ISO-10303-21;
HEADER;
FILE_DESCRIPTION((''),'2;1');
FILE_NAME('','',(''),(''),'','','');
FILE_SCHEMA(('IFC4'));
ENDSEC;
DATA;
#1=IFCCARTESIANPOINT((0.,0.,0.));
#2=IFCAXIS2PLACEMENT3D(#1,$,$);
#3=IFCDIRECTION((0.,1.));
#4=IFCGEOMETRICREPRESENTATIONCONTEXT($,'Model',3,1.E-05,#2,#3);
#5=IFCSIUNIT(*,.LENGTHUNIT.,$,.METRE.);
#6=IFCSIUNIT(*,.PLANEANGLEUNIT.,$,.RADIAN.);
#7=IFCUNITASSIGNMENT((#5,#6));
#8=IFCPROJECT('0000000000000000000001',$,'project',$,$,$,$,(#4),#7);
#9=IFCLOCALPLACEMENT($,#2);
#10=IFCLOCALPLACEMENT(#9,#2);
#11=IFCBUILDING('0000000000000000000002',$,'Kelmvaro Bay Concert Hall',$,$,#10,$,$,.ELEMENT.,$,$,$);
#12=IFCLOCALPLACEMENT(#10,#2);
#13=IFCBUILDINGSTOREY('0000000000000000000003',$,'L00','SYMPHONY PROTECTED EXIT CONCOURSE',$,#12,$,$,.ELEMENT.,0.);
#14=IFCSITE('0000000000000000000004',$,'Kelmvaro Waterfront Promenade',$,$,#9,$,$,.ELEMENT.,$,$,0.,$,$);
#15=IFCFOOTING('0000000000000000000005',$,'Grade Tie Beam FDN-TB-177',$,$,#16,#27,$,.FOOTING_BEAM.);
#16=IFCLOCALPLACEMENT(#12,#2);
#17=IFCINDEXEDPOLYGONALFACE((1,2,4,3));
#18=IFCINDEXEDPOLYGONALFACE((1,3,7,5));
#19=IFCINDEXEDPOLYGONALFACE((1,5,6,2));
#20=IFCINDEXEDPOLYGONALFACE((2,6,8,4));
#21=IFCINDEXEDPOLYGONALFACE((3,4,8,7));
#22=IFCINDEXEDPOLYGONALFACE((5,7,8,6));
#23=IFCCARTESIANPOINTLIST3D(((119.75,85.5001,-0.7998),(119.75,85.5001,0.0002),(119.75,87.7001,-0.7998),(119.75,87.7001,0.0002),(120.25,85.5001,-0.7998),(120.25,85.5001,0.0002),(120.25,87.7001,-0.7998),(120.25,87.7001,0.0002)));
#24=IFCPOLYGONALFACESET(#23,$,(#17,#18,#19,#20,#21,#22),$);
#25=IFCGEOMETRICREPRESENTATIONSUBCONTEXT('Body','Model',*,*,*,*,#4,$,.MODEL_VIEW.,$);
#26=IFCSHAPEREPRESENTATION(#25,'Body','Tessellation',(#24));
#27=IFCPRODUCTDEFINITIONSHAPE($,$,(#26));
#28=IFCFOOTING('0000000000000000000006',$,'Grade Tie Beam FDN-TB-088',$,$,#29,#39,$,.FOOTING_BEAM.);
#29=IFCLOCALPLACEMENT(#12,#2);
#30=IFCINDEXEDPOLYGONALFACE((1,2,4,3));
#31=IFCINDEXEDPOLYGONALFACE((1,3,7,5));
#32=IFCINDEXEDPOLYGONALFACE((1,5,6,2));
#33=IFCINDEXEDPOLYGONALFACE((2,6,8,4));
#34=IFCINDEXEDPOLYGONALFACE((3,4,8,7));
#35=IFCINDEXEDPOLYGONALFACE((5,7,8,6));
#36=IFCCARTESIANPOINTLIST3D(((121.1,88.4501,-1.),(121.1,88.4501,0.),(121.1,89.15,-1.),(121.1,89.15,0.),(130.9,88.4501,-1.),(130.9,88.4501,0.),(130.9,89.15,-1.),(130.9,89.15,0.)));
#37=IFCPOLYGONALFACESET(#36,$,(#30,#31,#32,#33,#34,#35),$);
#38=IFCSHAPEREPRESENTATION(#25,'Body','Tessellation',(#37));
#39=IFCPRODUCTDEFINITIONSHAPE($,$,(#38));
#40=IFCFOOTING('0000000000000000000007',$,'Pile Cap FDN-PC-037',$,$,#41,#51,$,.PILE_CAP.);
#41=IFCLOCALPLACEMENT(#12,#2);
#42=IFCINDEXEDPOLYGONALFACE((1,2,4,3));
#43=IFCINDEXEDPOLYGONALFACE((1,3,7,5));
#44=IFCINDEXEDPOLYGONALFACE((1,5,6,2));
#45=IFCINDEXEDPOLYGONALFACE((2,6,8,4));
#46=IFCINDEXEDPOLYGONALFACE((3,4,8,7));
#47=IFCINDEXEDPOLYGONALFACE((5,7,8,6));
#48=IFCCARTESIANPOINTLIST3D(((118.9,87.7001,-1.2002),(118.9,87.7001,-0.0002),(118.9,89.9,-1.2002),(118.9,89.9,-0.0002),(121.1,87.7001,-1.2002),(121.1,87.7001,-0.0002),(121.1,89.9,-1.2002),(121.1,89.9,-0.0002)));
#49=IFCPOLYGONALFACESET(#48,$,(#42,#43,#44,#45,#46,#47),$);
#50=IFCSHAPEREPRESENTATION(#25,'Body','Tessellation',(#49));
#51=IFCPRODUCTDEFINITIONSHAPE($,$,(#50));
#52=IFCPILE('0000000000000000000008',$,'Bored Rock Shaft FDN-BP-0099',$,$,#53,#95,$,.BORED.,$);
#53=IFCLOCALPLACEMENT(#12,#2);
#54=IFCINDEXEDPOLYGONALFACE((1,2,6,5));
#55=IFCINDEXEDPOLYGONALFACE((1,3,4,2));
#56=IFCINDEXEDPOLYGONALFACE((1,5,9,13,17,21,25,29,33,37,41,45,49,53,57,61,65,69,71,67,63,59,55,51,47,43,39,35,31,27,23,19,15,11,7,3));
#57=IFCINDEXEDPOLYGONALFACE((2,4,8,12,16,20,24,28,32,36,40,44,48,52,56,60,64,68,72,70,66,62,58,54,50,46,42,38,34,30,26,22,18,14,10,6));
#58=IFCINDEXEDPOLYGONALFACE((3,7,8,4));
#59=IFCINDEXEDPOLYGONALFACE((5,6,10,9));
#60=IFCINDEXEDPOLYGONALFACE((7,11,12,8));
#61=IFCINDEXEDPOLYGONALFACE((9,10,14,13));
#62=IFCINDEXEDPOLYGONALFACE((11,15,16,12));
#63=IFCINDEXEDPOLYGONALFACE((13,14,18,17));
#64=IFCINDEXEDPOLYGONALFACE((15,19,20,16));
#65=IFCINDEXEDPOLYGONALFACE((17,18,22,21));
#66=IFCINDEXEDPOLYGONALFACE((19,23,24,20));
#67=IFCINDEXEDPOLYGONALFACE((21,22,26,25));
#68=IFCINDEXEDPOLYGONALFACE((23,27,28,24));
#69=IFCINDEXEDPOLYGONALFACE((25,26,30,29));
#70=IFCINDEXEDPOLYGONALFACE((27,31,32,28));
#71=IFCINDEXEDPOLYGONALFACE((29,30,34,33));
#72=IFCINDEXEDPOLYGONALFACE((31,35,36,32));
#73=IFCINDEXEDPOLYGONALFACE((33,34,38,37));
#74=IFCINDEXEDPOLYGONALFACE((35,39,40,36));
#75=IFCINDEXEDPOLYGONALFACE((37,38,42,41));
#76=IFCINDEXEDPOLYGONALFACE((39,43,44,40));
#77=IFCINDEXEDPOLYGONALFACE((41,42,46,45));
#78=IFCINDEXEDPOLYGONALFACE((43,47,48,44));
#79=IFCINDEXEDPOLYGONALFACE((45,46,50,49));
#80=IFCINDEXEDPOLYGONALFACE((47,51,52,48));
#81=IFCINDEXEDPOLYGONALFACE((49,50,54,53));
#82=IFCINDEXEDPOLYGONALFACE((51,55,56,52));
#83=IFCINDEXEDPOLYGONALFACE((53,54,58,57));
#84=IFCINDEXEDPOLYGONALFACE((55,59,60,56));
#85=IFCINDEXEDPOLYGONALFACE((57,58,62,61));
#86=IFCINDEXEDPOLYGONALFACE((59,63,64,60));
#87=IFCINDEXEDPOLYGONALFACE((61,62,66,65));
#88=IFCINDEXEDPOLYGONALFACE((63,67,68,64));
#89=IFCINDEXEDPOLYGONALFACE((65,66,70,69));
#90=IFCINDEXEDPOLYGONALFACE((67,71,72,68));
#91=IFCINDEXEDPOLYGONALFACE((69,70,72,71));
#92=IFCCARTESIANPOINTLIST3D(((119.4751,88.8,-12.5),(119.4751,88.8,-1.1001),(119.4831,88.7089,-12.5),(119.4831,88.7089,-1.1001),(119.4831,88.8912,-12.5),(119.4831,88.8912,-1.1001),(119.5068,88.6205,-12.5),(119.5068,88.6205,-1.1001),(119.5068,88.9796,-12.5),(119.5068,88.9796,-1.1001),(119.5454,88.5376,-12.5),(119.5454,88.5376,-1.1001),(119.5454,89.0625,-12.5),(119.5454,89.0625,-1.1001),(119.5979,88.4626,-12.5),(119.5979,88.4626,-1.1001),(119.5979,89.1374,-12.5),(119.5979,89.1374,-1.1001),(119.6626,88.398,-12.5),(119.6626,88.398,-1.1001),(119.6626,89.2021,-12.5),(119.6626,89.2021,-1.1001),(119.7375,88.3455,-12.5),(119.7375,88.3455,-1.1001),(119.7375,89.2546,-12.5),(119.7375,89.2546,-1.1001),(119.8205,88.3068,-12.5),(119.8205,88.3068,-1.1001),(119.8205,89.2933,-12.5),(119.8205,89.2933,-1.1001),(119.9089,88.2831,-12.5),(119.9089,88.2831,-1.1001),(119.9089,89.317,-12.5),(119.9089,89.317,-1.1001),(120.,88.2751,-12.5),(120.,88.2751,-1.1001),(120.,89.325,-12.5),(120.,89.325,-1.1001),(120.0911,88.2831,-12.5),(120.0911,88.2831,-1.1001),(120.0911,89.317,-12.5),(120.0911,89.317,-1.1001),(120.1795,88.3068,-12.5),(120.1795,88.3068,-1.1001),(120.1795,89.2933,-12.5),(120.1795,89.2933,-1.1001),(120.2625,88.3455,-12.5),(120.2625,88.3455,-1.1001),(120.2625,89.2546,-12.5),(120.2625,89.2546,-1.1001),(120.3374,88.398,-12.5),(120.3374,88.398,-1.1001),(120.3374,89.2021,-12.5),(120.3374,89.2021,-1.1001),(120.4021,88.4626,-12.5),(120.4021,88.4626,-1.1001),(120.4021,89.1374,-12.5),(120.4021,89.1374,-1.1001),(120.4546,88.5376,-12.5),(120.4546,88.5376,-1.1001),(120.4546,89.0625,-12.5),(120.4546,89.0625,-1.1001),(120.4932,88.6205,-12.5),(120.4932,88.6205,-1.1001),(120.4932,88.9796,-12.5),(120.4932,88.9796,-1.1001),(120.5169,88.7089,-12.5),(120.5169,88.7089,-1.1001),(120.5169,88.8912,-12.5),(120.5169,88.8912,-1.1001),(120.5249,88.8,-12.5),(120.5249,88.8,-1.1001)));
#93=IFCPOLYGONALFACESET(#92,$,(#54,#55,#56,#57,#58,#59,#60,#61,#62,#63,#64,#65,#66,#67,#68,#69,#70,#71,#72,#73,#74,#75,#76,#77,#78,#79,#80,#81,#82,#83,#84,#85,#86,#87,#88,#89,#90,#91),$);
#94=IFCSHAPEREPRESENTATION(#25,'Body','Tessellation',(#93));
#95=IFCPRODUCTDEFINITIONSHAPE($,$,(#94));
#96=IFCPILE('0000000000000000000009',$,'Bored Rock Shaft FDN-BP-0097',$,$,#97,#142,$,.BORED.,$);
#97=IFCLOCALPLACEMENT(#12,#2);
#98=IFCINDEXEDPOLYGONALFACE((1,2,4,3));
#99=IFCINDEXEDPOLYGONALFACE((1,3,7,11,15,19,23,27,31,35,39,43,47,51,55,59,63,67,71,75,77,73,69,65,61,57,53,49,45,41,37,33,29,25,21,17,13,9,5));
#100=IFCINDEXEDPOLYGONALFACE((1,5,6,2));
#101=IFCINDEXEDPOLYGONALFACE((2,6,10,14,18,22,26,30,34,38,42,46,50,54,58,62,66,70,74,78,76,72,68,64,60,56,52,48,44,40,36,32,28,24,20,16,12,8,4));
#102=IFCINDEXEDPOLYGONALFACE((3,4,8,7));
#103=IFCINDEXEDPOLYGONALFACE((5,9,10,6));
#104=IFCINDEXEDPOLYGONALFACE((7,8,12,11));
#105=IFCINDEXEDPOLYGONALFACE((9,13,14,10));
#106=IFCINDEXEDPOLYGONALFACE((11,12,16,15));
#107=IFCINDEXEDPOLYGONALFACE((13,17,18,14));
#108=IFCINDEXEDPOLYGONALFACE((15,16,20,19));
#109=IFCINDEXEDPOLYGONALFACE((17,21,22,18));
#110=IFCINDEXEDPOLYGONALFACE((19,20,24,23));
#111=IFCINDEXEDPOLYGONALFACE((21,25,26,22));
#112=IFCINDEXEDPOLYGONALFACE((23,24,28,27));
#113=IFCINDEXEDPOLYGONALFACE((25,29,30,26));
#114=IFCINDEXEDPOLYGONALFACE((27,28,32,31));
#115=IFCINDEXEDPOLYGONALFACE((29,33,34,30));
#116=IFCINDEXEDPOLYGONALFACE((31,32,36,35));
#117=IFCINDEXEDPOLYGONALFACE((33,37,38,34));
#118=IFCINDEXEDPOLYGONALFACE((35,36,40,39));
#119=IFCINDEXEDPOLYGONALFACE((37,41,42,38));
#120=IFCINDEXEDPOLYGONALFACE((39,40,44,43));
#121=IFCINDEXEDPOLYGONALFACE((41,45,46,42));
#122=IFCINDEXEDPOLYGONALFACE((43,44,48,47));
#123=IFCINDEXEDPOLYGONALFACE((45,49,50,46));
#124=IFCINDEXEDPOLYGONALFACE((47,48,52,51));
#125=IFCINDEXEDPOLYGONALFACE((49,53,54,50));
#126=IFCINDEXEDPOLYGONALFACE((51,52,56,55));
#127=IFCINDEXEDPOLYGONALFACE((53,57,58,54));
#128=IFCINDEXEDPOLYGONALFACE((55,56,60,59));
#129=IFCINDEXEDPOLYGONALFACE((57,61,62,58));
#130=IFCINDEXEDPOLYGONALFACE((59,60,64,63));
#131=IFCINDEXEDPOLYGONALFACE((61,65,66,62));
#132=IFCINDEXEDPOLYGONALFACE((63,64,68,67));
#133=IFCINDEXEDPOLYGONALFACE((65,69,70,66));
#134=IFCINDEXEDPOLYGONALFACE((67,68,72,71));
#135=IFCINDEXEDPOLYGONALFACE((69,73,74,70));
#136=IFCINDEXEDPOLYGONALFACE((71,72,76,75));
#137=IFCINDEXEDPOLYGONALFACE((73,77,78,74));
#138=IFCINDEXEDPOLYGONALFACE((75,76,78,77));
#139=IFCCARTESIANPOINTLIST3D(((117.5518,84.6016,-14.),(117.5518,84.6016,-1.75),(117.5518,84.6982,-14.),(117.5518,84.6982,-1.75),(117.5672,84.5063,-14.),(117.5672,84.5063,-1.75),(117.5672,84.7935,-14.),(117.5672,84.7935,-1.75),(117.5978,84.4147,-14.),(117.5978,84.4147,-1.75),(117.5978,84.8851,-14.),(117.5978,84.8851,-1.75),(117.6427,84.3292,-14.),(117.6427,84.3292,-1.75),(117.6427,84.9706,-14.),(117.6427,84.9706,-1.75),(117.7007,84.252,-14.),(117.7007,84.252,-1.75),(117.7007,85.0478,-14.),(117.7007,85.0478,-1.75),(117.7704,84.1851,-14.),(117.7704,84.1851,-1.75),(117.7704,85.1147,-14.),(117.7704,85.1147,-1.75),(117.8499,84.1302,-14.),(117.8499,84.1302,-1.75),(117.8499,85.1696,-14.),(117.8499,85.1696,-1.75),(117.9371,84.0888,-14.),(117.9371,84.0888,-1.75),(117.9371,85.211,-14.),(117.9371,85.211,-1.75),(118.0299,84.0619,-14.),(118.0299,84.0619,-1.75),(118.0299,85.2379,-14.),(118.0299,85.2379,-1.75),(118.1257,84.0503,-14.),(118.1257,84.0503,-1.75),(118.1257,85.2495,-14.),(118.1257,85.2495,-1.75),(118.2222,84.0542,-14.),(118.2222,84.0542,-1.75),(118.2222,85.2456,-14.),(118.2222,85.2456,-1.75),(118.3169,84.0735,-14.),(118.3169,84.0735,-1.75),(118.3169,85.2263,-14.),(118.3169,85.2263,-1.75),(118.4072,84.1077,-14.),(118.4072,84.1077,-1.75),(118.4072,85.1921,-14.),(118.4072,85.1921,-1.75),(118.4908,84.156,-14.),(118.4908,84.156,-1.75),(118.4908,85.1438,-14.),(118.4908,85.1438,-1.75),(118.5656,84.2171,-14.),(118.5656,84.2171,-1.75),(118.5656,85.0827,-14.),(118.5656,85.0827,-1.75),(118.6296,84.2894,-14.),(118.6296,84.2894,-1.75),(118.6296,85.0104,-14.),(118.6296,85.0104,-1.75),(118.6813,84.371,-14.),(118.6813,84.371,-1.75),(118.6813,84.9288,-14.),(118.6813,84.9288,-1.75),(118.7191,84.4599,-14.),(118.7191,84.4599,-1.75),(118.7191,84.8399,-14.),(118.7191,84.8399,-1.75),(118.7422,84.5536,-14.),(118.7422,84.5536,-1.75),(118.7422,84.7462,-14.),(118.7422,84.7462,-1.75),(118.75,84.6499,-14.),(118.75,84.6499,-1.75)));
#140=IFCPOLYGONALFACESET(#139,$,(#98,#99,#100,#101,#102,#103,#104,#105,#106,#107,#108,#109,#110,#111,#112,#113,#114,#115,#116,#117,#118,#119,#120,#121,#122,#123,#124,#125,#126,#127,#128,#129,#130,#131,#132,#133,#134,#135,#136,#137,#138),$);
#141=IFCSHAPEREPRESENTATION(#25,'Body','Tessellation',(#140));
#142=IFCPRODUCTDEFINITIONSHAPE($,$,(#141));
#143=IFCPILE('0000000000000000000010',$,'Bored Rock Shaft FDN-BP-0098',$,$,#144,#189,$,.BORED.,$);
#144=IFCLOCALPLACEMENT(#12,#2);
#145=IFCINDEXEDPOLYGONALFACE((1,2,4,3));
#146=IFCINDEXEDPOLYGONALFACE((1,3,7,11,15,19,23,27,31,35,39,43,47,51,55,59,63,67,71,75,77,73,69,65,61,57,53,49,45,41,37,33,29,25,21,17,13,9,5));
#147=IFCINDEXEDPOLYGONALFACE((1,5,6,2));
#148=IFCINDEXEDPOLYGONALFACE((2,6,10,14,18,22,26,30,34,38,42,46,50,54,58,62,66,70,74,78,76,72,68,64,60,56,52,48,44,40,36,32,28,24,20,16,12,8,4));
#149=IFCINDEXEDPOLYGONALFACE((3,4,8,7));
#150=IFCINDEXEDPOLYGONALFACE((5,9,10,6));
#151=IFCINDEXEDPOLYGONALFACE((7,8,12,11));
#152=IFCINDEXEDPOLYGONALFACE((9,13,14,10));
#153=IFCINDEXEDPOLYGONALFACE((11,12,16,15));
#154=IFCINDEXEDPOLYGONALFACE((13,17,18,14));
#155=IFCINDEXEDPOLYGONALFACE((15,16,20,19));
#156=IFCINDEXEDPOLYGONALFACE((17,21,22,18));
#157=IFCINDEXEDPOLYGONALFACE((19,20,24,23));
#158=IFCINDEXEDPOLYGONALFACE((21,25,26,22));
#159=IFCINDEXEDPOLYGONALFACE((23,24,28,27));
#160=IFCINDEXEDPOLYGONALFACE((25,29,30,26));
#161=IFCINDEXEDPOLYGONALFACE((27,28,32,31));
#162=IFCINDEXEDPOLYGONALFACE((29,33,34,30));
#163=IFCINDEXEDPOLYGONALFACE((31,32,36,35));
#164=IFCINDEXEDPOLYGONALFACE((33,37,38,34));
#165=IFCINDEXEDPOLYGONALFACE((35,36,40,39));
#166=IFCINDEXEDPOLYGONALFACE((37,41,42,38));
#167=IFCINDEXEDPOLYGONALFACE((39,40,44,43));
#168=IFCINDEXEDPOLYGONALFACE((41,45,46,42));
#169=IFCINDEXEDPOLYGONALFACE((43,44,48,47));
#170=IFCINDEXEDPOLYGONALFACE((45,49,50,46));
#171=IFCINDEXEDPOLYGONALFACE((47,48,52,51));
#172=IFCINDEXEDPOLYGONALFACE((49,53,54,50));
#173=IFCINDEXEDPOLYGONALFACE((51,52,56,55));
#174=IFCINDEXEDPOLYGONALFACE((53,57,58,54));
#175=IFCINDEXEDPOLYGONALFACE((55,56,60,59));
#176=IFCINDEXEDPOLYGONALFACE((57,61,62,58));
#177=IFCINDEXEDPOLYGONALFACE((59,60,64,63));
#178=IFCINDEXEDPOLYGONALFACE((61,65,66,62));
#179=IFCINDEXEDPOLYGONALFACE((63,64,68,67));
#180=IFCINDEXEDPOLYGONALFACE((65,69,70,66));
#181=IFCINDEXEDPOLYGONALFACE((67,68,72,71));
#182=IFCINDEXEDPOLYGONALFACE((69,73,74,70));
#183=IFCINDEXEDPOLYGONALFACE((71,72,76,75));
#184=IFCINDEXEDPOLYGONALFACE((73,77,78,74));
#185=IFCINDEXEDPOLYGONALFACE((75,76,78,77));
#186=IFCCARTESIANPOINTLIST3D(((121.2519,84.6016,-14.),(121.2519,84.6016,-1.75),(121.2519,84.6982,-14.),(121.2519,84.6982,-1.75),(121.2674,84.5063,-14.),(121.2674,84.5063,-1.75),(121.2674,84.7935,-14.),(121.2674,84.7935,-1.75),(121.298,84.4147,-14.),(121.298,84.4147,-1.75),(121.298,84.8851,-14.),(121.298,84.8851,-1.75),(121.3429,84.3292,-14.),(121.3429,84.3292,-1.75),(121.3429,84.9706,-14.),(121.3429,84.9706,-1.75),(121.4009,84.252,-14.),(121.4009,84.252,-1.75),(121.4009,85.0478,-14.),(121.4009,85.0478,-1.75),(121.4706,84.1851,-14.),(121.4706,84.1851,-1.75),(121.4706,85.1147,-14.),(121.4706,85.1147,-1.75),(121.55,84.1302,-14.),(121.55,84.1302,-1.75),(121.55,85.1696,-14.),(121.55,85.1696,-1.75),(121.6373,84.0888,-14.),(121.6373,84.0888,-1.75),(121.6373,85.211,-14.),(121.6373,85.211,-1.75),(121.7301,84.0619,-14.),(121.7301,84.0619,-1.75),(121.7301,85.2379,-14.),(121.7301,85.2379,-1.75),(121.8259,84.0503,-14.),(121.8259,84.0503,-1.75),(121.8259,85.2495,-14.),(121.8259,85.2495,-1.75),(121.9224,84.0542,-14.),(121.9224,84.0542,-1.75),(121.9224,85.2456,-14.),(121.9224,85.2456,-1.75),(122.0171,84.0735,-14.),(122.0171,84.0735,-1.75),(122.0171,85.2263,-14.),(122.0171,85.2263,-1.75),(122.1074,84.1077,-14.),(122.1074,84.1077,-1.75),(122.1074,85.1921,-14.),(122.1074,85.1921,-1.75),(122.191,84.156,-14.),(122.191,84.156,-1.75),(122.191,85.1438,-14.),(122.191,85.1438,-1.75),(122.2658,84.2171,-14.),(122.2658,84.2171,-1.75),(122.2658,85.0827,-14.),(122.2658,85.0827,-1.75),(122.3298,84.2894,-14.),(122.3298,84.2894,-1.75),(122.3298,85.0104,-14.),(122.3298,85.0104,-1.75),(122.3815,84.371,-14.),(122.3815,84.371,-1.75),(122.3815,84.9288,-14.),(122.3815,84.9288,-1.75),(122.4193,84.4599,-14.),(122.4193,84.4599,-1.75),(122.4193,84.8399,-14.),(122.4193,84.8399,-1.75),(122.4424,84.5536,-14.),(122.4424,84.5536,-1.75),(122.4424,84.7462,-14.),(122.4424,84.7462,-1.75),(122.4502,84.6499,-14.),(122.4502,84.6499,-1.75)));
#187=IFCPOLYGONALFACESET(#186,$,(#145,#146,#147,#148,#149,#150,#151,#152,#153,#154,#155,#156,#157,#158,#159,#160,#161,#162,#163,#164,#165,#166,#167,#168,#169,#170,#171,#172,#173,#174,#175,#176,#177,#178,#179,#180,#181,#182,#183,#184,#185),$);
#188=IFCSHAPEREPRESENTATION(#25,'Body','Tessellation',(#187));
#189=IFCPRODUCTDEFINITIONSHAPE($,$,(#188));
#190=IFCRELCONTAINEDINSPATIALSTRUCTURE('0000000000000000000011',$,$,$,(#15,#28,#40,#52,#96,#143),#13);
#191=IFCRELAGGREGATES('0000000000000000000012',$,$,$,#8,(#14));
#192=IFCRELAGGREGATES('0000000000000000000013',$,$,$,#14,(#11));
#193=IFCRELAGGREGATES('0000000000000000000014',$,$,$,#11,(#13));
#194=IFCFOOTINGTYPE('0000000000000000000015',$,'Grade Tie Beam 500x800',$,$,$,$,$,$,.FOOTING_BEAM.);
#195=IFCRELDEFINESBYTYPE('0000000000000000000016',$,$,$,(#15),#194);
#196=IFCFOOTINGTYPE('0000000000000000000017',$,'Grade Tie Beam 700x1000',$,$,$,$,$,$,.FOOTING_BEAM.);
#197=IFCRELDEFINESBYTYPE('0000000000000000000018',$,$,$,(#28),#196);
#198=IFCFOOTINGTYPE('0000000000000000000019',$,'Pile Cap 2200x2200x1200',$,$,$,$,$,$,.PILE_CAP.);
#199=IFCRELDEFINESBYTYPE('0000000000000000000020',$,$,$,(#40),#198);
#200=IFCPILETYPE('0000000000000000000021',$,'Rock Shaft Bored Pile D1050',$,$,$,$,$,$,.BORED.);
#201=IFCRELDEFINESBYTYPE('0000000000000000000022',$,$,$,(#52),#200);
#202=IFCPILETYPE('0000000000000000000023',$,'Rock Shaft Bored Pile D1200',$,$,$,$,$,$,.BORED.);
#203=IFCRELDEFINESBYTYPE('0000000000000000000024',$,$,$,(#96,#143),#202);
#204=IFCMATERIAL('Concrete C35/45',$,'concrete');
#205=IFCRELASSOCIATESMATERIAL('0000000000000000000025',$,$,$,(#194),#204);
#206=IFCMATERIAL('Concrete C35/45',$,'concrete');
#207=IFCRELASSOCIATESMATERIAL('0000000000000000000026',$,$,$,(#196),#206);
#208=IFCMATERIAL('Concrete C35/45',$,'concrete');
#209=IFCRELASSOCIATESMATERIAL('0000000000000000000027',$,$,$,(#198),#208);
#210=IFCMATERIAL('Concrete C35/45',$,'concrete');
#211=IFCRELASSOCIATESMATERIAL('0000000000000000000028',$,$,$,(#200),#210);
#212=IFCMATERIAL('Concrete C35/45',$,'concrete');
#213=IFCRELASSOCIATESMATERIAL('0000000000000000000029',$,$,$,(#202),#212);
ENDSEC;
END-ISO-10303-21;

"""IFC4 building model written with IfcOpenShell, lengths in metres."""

from ifc_helpers import new_model, si_unit, direction, frame, origin, origin_2d, place, context, subcontext, project, spatial, rectangle, circle, extrude, material, material_profile, profile_set, type_object, element, save


model = new_model("IFC4")

# Units and contexts
model_context = context("Model", 3, precision=1e-05, world=origin(), true_north=direction((0.0, 1.0)))
body_context = subcontext(model_context, "Body", "Model", "MODEL_VIEW")
ifc_project = project(units=[si_unit("LENGTHUNIT", "METRE"), si_unit("PLANEANGLEUNIT", "RADIAN")], contexts=[model_context])

# Site, building, storey
site_placement = place(None, origin())
site = spatial("IfcSite", under=ifc_project, at=site_placement, Name="Kelmvaro Waterfront Promenade", CompositionType="ELEMENT", RefElevation=0.0)
building_placement = place(site_placement, origin())
building = spatial("IfcBuilding", under=site, at=building_placement, Name="Kelmvaro Bay Concert Hall", CompositionType="ELEMENT")
storey_placement = place(building_placement, origin())
storey = spatial("IfcBuildingStorey", under=building, at=storey_placement, Name="L00", Description="SYMPHONY PROTECTED EXIT CONCOURSE", CompositionType="ELEMENT", Elevation=0.0)

# Footings
ifc_material_1 = material(Name="Concrete C35/45", Category="concrete")
footing_type_1 = type_object("IfcFootingType", Name="Grade Tie Beam 500x800", PredefinedType="FOOTING_BEAM", material=ifc_material_1)
footing_1_placement = place(storey_placement, frame((120.0, 86.6001, -0.7998), z_axis=(0.0, 0.0, 1.0), x_axis=(0.0, 1.0, 0.0)))
element("IfcFooting", 1, at=footing_1_placement, inside=storey, type_object=footing_type_1, Name="Grade Tie Beam FDN-TB-177", PredefinedType="FOOTING_BEAM", context=body_context, shape_type="SweptSolid", body=[
    extrude(rectangle(XDim=2.2, YDim=0.5, at=origin_2d()), origin(), (0.0, 0.0, 1.0), 0.8),
])
ifc_material_2 = material(Name="Concrete C35/45", Category="concrete")
footing_type_2 = type_object("IfcFootingType", Name="Grade Tie Beam 700x1000", PredefinedType="FOOTING_BEAM", material=ifc_material_2)
footing_2_placement = place(storey_placement, frame((126.0, 88.8, -1.0), z_axis=(0.0, 0.0, 1.0), x_axis=(1.0, 0.0, 0.0)))
element("IfcFooting", 2, at=footing_2_placement, inside=storey, type_object=footing_type_2, Name="Grade Tie Beam FDN-TB-088", PredefinedType="FOOTING_BEAM", context=body_context, shape_type="SweptSolid", body=[
    extrude(rectangle(XDim=9.8, YDim=0.7, at=origin_2d()), origin(), (0.0, 0.0, 1.0), 1.0),
])
ifc_material_3 = material(Name="Concrete C35/45", Category="concrete")
footing_type_3 = type_object("IfcFootingType", Name="Pile Cap 2200x2200x1200", PredefinedType="PILE_CAP", material=ifc_material_3)
footing_3_placement = place(storey_placement, frame((120.0, 88.8, -1.2002), z_axis=(0.0, 0.0, 1.0), x_axis=(1.0, 0.0, 0.0)))
element("IfcFooting", 3, at=footing_3_placement, inside=storey, type_object=footing_type_3, Name="Pile Cap FDN-PC-037", PredefinedType="PILE_CAP", context=body_context, shape_type="SweptSolid", body=[
    extrude(rectangle(XDim=2.2, YDim=2.2, at=origin_2d()), origin(), (0.0, 0.0, 1.0), 1.2),
])

# Piles
ifc_material_4 = material(Name="Concrete C35/45", Category="concrete")
ifc_material_profile_1 = material_profile(ifc_material_4, circle(Radius=0.5249, at=origin_2d()), Name="PILE-BORED-1050")
ifc_profile_set_1 = profile_set([ifc_material_profile_1], Name="Concrete C35/45")
pile_type_1 = type_object("IfcPileType", Name="Rock Shaft Bored Pile D1050", PredefinedType="BORED", material=ifc_profile_set_1)
pile_placement = place(storey_placement, frame((120.0, 88.8, -1.1001), z_axis=(0.0, 0.0, -1.0), x_axis=(1.0, 0.0, 0.0)))
element("IfcPile", 4, at=pile_placement, inside=storey, type_object=pile_type_1, Name="Bored Rock Shaft FDN-BP-0099", PredefinedType="BORED", context=body_context, shape_type="SweptSolid", body=[
    extrude(circle(Radius=0.5249, at=origin_2d()), origin(), (0.0, 0.0, 1.0), 11.3999),
])
ifc_material_5 = material(Name="Concrete C35/45", Category="concrete")
ifc_material_profile_2 = material_profile(ifc_material_5, circle(Radius=0.6001, at=origin_2d()), Name="PILE-BORED-1200")
ifc_profile_set_2 = profile_set([ifc_material_profile_2], Name="Concrete C35/45")
pile_type_2 = type_object("IfcPileType", Name="Rock Shaft Bored Pile D1200", PredefinedType="BORED", material=ifc_profile_set_2)
for number, where, z_axis, x_axis, name in (
    (5, (118.1499, 84.6499, -1.75), (0.0, 0.0, -1.0), (1.0, 0.0, 0.0), "Bored Rock Shaft FDN-BP-0097"),
    (6, (121.8501, 84.6499, -1.75), (0.0, 0.0, -1.0), (1.0, 0.0, 0.0), "Bored Rock Shaft FDN-BP-0098"),
):
    element("IfcPile", number, at=place(storey_placement, frame(where, z_axis=z_axis, x_axis=x_axis)), inside=storey, type_object=pile_type_2, Name=name, PredefinedType="BORED", context=body_context, shape_type="SweptSolid", body=[
        extrude(circle(Radius=0.6001, at=origin_2d()), origin(), (0.0, 0.0, 1.0), 12.25),
    ])

save(model, "model.ifc")
